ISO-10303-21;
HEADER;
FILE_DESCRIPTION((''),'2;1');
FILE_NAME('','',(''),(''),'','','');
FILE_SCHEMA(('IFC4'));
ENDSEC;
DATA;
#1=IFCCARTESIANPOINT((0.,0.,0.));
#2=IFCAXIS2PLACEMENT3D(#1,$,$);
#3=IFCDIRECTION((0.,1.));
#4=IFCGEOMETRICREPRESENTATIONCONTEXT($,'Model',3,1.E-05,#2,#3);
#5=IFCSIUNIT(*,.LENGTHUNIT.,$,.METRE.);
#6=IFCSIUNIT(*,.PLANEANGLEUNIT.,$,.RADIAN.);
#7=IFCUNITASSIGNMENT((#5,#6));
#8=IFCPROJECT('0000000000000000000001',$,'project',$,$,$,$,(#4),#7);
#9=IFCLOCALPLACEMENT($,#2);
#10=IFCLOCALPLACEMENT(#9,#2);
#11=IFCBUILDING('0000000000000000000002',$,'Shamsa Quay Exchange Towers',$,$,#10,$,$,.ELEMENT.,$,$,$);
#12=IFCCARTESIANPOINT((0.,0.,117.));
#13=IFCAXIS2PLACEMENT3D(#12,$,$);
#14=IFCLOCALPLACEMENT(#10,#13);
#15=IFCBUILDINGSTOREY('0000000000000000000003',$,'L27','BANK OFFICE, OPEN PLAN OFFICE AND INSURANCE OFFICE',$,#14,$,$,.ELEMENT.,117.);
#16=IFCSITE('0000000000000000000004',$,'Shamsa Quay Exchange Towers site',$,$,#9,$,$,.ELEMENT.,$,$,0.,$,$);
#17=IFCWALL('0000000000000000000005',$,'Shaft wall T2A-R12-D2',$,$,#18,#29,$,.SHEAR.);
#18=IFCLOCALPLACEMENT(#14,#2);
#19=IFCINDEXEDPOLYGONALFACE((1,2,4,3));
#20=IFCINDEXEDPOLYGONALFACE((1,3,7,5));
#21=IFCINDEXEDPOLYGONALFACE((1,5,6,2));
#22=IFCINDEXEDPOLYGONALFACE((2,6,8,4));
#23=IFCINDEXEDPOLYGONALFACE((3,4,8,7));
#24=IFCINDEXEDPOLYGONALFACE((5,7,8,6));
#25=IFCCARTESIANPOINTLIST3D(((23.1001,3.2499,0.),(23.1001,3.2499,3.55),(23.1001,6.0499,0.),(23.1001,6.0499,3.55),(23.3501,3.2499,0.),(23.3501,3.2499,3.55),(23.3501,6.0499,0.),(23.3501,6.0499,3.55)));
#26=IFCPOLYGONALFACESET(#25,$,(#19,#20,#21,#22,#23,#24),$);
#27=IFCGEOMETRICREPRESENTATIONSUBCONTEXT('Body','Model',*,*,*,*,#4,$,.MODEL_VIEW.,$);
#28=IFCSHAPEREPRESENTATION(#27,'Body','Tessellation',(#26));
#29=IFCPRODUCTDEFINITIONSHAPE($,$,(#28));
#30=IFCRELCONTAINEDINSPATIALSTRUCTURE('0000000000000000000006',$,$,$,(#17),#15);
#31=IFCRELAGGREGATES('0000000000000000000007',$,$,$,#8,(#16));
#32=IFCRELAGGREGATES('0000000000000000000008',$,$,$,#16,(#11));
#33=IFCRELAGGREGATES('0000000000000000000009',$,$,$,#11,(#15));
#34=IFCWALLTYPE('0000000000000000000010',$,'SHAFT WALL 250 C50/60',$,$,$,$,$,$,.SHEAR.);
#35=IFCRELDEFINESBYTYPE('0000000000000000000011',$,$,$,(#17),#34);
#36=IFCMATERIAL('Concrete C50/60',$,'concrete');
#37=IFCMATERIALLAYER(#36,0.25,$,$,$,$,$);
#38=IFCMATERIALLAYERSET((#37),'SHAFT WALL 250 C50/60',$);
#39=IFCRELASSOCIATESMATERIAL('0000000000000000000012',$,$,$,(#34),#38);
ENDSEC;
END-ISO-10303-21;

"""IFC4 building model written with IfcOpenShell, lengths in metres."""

from ifc_helpers import new_model, si_unit, direction, frame, frame_2d, origin, place, context, subcontext, project, spatial, rectangle, extrude, material, layer, layer_set, type_object, element, save


model = new_model("IFC4")

# Units and contexts
model_context = context("Model", 3, precision=1e-05, world=origin(), true_north=direction((0.0, 1.0)))
body_context = subcontext(model_context, "Body", "Model", "MODEL_VIEW")
ifc_project = project(units=[si_unit("LENGTHUNIT", "METRE"), si_unit("PLANEANGLEUNIT", "RADIAN")], contexts=[model_context])

# Site, building, storey
site_placement = place(None, origin())
site = spatial("IfcSite", under=ifc_project, at=site_placement, Name="Shamsa Quay Exchange Towers site", CompositionType="ELEMENT", RefElevation=0.0)
building_placement = place(site_placement, origin())
building = spatial("IfcBuilding", under=site, at=building_placement, Name="Shamsa Quay Exchange Towers", CompositionType="ELEMENT")
storey_placement = place(building_placement, frame((0.0, 0.0, 117.0)))
storey = spatial("IfcBuildingStorey", under=building, at=storey_placement, Name="L27", Description="BANK OFFICE, OPEN PLAN OFFICE AND INSURANCE OFFICE", CompositionType="ELEMENT", Elevation=117.0)

# Shared definitions
ifc_material_1 = material(Name="Concrete C50/60", Category="concrete")
ifc_layer_1 = layer(ifc_material_1, 0.25)
ifc_layer_set_1 = layer_set([ifc_layer_1], Name="SHAFT WALL 250 C50/60")
wall_type_1 = type_object("IfcWallType", Name="SHAFT WALL 250 C50/60", PredefinedType="SHEAR", material=ifc_layer_set_1)

# Wall
for number, where, z_axis, x_axis, name in (
    (1, (23.2251, 3.25, 0.0), (0.0, 0.0, 1.0), (0.0, 1.0, 0.0), "Shaft wall T2A-R12-D2"),
):
    element("IfcWall", number, at=place(storey_placement, frame(where, z_axis=z_axis, x_axis=x_axis)), inside=storey, type_object=wall_type_1, Name=name, PredefinedType="SHEAR", context=body_context, shape_type="SweptSolid", body=[
        extrude(rectangle(XDim=2.8, YDim=0.25, at=frame_2d((1.3999, 0.0))), origin(), (0.0, 0.0, 1.0), 3.55),
    ])

save(model, "model.ifc")
